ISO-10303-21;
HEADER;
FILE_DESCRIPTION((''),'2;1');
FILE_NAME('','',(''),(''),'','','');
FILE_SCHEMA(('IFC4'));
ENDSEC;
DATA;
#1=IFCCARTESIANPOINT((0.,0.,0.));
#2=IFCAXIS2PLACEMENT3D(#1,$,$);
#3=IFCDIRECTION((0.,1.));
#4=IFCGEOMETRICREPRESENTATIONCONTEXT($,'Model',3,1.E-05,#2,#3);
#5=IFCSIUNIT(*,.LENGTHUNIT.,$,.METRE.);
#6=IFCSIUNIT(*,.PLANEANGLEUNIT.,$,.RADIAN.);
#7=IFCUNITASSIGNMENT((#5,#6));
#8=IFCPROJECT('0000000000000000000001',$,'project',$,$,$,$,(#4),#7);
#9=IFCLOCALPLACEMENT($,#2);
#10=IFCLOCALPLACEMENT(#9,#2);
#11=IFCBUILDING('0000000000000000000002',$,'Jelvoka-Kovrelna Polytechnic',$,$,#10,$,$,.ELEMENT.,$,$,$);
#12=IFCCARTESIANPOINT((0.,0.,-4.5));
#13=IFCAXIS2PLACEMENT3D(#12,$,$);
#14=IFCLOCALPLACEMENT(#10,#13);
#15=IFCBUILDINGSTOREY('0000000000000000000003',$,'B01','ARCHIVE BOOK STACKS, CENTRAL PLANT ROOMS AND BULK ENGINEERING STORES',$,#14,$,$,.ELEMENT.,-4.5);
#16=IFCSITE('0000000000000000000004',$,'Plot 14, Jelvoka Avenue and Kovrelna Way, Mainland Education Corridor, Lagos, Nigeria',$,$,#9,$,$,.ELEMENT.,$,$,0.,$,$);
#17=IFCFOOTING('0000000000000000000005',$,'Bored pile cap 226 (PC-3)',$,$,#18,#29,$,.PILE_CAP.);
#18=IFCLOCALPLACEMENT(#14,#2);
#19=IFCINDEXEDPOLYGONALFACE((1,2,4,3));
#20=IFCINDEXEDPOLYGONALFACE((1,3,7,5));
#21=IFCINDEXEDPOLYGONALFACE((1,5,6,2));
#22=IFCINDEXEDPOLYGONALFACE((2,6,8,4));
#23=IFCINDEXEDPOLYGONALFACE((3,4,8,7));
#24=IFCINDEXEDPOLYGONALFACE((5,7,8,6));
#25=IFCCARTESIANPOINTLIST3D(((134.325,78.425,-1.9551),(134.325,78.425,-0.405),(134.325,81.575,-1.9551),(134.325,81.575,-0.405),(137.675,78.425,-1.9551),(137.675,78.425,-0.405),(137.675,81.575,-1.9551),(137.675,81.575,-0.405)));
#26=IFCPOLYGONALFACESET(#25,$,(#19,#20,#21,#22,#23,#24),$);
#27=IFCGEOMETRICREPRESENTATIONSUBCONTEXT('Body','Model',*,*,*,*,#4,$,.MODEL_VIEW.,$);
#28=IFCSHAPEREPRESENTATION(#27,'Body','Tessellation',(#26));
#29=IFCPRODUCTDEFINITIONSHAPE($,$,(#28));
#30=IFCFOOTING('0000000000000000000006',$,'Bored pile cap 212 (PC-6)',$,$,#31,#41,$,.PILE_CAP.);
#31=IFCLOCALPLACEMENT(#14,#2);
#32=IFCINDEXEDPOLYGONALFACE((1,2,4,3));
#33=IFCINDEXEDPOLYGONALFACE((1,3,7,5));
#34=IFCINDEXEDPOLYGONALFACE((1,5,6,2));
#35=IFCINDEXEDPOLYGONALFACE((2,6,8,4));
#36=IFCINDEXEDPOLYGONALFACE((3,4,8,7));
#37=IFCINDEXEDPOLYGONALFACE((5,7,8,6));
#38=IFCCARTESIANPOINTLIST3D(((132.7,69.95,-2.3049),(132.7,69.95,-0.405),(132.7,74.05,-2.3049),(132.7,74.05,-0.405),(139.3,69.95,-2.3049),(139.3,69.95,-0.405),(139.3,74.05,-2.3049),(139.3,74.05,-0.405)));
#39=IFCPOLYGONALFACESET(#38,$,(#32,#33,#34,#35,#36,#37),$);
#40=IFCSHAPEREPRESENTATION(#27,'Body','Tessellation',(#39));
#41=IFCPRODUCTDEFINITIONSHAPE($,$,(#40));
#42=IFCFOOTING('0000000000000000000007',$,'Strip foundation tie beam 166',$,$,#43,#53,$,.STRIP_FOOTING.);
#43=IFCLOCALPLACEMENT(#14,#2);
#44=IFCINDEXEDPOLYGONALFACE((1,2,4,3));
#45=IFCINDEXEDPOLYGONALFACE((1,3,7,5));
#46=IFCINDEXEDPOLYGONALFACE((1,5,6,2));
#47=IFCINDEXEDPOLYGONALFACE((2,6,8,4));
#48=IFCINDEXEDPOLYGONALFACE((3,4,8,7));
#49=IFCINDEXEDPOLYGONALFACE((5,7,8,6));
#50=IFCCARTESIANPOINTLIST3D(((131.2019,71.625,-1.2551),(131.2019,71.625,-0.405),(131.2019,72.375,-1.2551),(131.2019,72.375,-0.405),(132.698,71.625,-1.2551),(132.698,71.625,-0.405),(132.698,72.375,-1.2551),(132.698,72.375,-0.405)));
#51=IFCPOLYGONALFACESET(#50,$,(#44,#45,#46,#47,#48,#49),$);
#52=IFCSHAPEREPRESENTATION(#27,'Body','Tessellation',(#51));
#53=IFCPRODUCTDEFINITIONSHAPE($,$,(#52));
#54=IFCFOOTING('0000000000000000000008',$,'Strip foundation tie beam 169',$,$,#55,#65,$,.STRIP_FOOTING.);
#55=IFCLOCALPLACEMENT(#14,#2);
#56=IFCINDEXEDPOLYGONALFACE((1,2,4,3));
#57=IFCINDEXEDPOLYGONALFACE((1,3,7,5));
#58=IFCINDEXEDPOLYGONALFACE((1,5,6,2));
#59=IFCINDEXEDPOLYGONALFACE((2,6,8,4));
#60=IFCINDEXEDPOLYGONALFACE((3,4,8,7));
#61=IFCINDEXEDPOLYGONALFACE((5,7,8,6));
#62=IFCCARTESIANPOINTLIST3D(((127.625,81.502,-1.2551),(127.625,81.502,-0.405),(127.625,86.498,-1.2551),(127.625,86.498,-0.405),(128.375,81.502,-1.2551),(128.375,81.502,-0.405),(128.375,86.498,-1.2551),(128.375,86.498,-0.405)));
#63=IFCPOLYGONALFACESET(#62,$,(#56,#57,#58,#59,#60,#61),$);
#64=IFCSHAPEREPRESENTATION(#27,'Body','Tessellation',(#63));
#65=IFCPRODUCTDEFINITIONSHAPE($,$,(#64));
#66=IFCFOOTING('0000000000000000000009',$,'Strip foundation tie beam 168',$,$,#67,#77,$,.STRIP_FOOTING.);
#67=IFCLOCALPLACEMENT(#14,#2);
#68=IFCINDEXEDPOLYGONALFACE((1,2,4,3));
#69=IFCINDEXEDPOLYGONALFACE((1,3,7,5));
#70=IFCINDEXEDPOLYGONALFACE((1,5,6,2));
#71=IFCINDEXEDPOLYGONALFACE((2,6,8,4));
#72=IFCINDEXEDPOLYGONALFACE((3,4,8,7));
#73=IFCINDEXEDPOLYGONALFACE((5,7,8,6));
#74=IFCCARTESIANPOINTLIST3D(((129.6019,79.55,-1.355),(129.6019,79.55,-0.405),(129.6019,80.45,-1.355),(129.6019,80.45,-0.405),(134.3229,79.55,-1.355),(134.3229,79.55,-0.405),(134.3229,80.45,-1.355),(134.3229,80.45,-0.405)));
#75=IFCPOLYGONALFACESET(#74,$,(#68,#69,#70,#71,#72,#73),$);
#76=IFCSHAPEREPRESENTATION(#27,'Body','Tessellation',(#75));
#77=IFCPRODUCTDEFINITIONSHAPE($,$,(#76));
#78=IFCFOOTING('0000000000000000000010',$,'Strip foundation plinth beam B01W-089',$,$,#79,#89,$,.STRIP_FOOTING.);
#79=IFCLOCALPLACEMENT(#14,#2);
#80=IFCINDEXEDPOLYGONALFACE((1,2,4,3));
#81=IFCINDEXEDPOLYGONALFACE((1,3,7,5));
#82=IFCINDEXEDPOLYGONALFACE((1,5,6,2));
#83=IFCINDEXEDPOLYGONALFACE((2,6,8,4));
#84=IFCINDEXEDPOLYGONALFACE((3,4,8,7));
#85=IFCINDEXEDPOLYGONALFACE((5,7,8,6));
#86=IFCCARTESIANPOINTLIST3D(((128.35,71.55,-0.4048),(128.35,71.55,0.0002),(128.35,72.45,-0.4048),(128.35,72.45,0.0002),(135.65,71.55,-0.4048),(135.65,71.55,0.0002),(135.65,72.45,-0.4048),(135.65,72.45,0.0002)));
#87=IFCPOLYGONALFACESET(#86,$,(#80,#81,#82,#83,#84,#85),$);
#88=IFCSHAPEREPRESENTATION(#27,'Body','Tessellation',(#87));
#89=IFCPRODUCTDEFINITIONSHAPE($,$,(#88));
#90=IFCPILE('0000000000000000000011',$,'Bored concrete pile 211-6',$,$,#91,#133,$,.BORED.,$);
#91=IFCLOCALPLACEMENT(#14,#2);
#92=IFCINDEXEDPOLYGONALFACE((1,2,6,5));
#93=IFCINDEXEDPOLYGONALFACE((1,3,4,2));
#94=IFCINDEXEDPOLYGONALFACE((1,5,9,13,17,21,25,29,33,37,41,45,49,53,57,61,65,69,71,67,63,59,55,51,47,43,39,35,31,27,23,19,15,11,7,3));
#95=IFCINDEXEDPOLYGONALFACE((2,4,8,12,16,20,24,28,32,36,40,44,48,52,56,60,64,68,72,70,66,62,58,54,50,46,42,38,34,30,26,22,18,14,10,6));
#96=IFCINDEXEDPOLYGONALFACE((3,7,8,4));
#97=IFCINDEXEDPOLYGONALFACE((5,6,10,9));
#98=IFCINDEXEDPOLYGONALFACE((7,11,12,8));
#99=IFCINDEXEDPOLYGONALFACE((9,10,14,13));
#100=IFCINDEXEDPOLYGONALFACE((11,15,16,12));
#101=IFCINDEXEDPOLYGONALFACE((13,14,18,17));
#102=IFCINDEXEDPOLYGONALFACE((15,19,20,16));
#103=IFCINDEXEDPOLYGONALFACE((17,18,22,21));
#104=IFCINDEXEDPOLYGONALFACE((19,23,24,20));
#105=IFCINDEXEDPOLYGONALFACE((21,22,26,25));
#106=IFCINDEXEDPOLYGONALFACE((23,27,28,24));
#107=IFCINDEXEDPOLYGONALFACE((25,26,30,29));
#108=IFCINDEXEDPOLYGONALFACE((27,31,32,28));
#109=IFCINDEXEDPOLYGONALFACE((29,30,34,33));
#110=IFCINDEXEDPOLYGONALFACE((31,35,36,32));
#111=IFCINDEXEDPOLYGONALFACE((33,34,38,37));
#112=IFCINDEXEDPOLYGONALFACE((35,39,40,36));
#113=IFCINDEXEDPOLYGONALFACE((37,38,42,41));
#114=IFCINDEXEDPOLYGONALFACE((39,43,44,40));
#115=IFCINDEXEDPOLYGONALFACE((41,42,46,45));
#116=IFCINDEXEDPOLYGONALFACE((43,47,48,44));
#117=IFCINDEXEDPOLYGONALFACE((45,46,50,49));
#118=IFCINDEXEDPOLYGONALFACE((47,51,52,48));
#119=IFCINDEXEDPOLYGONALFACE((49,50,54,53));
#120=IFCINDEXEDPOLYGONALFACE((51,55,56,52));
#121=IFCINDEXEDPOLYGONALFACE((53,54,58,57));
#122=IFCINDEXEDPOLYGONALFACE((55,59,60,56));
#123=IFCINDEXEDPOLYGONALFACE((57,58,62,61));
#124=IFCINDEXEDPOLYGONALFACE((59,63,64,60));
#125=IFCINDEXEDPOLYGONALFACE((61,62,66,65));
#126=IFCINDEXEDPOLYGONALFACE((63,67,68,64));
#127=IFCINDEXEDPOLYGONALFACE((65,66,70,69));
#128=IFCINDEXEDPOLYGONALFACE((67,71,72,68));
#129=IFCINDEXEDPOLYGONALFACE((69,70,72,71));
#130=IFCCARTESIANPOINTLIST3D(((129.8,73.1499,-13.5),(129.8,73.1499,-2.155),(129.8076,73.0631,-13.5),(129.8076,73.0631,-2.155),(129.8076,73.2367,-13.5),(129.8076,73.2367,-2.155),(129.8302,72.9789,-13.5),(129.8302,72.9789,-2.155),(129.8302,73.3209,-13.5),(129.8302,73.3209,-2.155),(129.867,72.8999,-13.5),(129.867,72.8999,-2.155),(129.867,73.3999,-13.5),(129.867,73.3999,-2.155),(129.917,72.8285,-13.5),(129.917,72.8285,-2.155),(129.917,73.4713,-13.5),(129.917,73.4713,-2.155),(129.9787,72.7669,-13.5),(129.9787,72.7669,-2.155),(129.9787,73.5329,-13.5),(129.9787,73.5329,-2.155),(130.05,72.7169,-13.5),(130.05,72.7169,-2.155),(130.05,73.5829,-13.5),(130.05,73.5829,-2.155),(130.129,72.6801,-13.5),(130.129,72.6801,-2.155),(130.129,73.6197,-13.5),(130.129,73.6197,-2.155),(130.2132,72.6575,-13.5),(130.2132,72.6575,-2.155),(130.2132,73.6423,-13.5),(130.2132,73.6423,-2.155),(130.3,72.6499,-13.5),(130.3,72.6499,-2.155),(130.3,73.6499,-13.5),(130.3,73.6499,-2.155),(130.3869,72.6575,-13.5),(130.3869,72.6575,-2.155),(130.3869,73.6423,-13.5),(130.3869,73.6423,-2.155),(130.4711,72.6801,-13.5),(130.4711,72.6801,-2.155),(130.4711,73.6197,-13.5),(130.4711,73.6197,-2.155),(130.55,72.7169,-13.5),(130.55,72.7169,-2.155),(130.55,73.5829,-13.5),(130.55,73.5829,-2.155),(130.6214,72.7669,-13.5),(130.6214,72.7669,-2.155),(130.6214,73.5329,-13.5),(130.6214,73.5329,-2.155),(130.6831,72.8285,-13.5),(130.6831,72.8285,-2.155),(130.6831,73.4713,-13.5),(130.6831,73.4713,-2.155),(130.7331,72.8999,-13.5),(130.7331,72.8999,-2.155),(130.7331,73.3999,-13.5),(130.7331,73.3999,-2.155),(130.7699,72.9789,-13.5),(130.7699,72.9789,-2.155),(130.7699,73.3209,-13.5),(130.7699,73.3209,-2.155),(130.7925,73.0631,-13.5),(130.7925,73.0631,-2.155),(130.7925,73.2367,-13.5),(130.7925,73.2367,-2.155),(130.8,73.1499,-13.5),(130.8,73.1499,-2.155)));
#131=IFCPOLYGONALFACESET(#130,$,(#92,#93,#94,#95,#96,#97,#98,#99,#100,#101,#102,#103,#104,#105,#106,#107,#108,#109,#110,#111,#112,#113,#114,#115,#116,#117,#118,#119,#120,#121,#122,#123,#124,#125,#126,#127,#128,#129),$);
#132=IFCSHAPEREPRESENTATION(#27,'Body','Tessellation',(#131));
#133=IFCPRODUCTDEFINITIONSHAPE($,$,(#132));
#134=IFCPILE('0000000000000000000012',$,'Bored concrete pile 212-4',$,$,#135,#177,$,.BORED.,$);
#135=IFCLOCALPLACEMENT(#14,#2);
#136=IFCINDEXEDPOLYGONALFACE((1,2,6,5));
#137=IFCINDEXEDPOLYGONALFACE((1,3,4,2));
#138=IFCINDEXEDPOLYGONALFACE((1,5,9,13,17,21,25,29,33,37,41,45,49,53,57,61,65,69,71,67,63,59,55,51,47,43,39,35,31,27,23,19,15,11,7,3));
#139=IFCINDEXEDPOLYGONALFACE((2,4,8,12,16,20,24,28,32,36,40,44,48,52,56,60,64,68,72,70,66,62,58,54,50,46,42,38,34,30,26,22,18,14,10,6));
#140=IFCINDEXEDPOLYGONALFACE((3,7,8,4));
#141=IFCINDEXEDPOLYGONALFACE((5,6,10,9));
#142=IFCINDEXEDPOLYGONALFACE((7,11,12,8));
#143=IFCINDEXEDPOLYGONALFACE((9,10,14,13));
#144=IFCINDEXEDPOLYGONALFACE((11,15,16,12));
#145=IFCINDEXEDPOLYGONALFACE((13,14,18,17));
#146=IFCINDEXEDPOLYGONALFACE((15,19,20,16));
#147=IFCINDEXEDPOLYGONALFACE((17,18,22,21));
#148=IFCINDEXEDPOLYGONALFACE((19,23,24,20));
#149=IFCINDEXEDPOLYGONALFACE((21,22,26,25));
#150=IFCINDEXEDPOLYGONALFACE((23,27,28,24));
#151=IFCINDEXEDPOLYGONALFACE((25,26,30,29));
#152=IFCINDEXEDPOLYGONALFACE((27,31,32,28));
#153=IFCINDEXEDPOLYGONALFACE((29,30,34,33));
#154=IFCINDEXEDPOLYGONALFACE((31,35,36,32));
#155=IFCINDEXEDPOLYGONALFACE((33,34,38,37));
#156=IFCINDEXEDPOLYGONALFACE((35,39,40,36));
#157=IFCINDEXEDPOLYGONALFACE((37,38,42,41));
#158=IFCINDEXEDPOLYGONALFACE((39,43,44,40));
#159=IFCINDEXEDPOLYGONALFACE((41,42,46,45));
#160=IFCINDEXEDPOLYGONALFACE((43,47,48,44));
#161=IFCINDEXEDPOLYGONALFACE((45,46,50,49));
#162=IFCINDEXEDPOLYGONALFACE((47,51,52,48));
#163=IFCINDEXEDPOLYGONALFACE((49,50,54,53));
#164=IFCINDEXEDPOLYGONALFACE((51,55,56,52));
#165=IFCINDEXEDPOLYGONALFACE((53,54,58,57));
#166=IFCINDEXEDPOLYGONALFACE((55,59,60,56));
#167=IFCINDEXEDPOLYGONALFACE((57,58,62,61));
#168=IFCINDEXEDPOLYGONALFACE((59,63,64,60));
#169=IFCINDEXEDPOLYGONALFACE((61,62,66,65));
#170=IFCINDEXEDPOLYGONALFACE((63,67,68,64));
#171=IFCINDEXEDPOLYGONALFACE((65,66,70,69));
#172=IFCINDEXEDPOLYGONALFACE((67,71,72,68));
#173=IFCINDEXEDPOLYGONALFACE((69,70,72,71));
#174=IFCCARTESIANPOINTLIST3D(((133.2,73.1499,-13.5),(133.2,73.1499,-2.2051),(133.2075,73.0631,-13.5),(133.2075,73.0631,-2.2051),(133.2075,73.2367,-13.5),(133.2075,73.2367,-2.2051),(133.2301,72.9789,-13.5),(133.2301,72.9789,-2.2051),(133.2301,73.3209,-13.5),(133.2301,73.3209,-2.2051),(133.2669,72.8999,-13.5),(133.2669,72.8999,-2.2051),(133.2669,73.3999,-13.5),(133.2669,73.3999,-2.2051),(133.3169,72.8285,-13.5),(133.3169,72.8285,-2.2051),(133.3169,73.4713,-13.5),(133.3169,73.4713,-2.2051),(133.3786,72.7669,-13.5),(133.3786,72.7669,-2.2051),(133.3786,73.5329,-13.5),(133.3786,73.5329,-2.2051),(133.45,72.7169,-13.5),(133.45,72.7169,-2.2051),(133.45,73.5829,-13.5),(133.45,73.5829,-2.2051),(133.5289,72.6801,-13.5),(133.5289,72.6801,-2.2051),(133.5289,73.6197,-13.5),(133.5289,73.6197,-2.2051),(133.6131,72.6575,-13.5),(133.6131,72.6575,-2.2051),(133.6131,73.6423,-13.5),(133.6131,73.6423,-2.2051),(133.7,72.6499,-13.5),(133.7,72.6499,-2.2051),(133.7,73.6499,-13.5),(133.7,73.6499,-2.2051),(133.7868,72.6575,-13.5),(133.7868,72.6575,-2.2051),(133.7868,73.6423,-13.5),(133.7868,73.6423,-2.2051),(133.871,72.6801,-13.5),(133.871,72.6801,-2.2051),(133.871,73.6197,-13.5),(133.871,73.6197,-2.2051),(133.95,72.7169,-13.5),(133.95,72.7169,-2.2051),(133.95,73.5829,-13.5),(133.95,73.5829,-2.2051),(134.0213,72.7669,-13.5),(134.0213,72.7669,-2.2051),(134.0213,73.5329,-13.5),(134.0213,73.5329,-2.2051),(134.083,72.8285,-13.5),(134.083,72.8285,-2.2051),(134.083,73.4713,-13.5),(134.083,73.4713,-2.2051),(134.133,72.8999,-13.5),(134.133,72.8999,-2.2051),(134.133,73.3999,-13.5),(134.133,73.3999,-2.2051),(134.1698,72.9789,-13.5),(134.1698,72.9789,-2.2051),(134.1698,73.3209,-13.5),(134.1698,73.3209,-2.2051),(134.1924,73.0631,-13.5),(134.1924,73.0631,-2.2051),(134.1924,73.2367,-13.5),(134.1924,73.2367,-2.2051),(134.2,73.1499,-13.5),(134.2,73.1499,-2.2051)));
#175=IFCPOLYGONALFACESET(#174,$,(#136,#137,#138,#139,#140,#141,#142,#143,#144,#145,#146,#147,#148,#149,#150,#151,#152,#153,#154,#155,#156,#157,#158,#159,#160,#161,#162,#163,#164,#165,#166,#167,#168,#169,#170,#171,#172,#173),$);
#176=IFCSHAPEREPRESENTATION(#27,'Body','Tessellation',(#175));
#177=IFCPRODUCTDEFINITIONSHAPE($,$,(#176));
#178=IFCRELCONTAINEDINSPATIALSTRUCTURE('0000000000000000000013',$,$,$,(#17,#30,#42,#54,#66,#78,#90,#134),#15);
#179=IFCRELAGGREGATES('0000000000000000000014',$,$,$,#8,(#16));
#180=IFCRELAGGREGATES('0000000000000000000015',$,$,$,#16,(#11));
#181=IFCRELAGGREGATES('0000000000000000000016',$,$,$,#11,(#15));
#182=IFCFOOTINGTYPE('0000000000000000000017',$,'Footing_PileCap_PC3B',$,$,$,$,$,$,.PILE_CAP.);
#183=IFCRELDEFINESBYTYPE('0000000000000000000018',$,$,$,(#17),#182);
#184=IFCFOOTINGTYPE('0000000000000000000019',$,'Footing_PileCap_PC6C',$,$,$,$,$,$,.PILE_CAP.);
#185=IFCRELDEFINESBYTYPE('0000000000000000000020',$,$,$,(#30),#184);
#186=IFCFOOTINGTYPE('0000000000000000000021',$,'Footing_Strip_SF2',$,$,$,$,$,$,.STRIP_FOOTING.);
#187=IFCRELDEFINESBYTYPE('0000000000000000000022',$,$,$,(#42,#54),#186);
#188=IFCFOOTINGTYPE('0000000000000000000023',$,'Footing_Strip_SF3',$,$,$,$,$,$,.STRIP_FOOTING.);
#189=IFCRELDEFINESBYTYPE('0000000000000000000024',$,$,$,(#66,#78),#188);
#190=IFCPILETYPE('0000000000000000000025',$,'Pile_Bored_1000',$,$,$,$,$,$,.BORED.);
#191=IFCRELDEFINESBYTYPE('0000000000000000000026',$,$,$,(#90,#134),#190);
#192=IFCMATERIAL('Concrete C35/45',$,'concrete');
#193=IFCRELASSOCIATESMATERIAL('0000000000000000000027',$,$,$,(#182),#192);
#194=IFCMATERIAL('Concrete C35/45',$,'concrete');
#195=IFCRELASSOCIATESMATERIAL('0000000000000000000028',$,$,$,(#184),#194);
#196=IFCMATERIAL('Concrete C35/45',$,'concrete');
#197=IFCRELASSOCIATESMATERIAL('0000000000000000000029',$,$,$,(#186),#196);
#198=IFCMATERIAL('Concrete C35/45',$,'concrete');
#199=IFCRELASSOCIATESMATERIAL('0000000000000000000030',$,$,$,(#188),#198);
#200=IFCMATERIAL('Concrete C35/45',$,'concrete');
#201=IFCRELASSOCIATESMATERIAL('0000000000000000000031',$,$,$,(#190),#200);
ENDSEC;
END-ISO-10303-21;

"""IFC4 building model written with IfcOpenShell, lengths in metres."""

from ifc_helpers import new_model, si_unit, direction, frame, origin, origin_2d, place, context, subcontext, project, spatial, rectangle, circle, extrude, material, material_profile, profile_set, type_object, element, save


model = new_model("IFC4")

# Units and contexts
model_context = context("Model", 3, precision=1e-05, world=origin(), true_north=direction((0.0, 1.0)))
body_context = subcontext(model_context, "Body", "Model", "MODEL_VIEW")
ifc_project = project(units=[si_unit("LENGTHUNIT", "METRE"), si_unit("PLANEANGLEUNIT", "RADIAN")], contexts=[model_context])

# Site, building, storey
site_placement = place(None, origin())
site = spatial("IfcSite", under=ifc_project, at=site_placement, Name="Plot 14, Jelvoka Avenue and Kovrelna Way, Mainland Education Corridor, Lagos, Nigeria", CompositionType="ELEMENT", RefElevation=0.0)
building_placement = place(site_placement, origin())
building = spatial("IfcBuilding", under=site, at=building_placement, Name="Jelvoka-Kovrelna Polytechnic", CompositionType="ELEMENT")
storey_placement = place(building_placement, frame((0.0, 0.0, -4.5)))
storey = spatial("IfcBuildingStorey", under=building, at=storey_placement, Name="B01", Description="ARCHIVE BOOK STACKS, CENTRAL PLANT ROOMS AND BULK ENGINEERING STORES", CompositionType="ELEMENT", Elevation=-4.5)

# Footings
ifc_material_1 = material(Name="Concrete C35/45", Category="concrete")
footing_type_1 = type_object("IfcFootingType", Name="Footing_PileCap_PC3B", PredefinedType="PILE_CAP", material=ifc_material_1)
footing_1_placement = place(storey_placement, frame((136.0, 80.0, -1.9551), z_axis=(0.0, 0.0, 1.0), x_axis=(1.0, 0.0, 0.0)))
element("IfcFooting", 1, at=footing_1_placement, inside=storey, type_object=footing_type_1, Name="Bored pile cap 226 (PC-3)", PredefinedType="PILE_CAP", context=body_context, shape_type="SweptSolid", body=[
    extrude(rectangle(XDim=3.3501, YDim=3.1499, at=origin_2d()), origin(), (0.0, 0.0, 1.0), 1.55),
])
ifc_material_2 = material(Name="Concrete C35/45", Category="concrete")
footing_type_2 = type_object("IfcFootingType", Name="Footing_PileCap_PC6C", PredefinedType="PILE_CAP", material=ifc_material_2)
footing_2_placement = place(storey_placement, frame((136.0, 72.0, -2.3049), z_axis=(0.0, 0.0, 1.0), x_axis=(1.0, 0.0, 0.0)))
element("IfcFooting", 2, at=footing_2_placement, inside=storey, type_object=footing_type_2, Name="Bored pile cap 212 (PC-6)", PredefinedType="PILE_CAP", context=body_context, shape_type="SweptSolid", body=[
    extrude(rectangle(XDim=6.6001, YDim=4.1001, at=origin_2d()), origin(), (0.0, 0.0, 1.0), 1.8999),
])
ifc_material_3 = material(Name="Concrete C35/45", Category="concrete")
footing_type_3 = type_object("IfcFootingType", Name="Footing_Strip_SF2", PredefinedType="STRIP_FOOTING", material=ifc_material_3)
footing_3_placement = place(storey_placement, frame((131.95, 72.0, -1.2551), z_axis=(0.0, 0.0, 1.0), x_axis=(1.0, 0.0, 0.0)))
element("IfcFooting", 3, at=footing_3_placement, inside=storey, type_object=footing_type_3, Name="Strip foundation tie beam 166", PredefinedType="STRIP_FOOTING", context=body_context, shape_type="SweptSolid", body=[
    extrude(rectangle(XDim=1.4961, YDim=0.75, at=origin_2d()), origin(), (0.0, 0.0, 1.0), 0.8501),
])
footing_4_placement = place(storey_placement, frame((128.0, 84.0, -1.2551), z_axis=(0.0, 0.0, 1.0), x_axis=(0.0, 1.0, 0.0)))
element("IfcFooting", 4, at=footing_4_placement, inside=storey, type_object=footing_type_3, Name="Strip foundation tie beam 169", PredefinedType="STRIP_FOOTING", context=body_context, shape_type="SweptSolid", body=[
    extrude(rectangle(XDim=4.9961, YDim=0.75, at=origin_2d()), origin(), (0.0, 0.0, 1.0), 0.8501),
])
ifc_material_4 = material(Name="Concrete C35/45", Category="concrete")
footing_type_4 = type_object("IfcFootingType", Name="Footing_Strip_SF3", PredefinedType="STRIP_FOOTING", material=ifc_material_4)
footing_5_placement = place(storey_placement, frame((131.9624, 80.0, -1.355), z_axis=(0.0, 0.0, 1.0), x_axis=(1.0, 0.0, 0.0)))
element("IfcFooting", 5, at=footing_5_placement, inside=storey, type_object=footing_type_4, Name="Strip foundation tie beam 168", PredefinedType="STRIP_FOOTING", context=body_context, shape_type="SweptSolid", body=[
    extrude(rectangle(XDim=4.7209, YDim=0.8999, at=origin_2d()), origin(), (0.0, 0.0, 1.0), 0.95),
])
footing_6_placement = place(storey_placement, frame((132.0, 72.0, -0.4048), z_axis=(0.0, 0.0, 1.0), x_axis=(1.0, 0.0, 0.0)))
element("IfcFooting", 6, at=footing_6_placement, inside=storey, type_object=footing_type_4, Name="Strip foundation plinth beam B01W-089", PredefinedType="STRIP_FOOTING", context=body_context, shape_type="SweptSolid", body=[
    extrude(rectangle(XDim=7.3, YDim=0.8999, at=origin_2d()), origin(), (0.0, 0.0, 1.0), 0.405),
])

# Piles
ifc_material_5 = material(Name="Concrete C35/45", Category="concrete")
ifc_material_profile_1 = material_profile(ifc_material_5, circle(Radius=0.5, at=origin_2d()), Name="PILE D1000")
ifc_profile_set_1 = profile_set([ifc_material_profile_1], Name="Concrete C35/45")
pile_type_1 = type_object("IfcPileType", Name="Pile_Bored_1000", PredefinedType="BORED", material=ifc_profile_set_1)
pile_placement = place(storey_placement, frame((130.3, 73.1499, -2.155), z_axis=(0.0, 0.0, -1.0), x_axis=(1.0, 0.0, 0.0)))
element("IfcPile", 7, at=pile_placement, inside=storey, type_object=pile_type_1, Name="Bored concrete pile 211-6", PredefinedType="BORED", context=body_context, shape_type="SweptSolid", body=[
    extrude(circle(Radius=0.5, at=origin_2d()), origin(), (0.0, 0.0, 1.0), 11.345),
])
for number, where, z_axis, x_axis, name in (
    (8, (133.7, 73.1499, -2.2051), (0.0, 0.0, -1.0), (1.0, 0.0, 0.0), "Bored concrete pile 212-4"),
):
    element("IfcPile", number, at=place(storey_placement, frame(where, z_axis=z_axis, x_axis=x_axis)), inside=storey, type_object=pile_type_1, Name=name, PredefinedType="BORED", context=body_context, shape_type="SweptSolid", body=[
        extrude(circle(Radius=0.5, at=origin_2d()), origin(), (0.0, 0.0, 1.0), 11.2949),
    ])

save(model, "model.ifc")
